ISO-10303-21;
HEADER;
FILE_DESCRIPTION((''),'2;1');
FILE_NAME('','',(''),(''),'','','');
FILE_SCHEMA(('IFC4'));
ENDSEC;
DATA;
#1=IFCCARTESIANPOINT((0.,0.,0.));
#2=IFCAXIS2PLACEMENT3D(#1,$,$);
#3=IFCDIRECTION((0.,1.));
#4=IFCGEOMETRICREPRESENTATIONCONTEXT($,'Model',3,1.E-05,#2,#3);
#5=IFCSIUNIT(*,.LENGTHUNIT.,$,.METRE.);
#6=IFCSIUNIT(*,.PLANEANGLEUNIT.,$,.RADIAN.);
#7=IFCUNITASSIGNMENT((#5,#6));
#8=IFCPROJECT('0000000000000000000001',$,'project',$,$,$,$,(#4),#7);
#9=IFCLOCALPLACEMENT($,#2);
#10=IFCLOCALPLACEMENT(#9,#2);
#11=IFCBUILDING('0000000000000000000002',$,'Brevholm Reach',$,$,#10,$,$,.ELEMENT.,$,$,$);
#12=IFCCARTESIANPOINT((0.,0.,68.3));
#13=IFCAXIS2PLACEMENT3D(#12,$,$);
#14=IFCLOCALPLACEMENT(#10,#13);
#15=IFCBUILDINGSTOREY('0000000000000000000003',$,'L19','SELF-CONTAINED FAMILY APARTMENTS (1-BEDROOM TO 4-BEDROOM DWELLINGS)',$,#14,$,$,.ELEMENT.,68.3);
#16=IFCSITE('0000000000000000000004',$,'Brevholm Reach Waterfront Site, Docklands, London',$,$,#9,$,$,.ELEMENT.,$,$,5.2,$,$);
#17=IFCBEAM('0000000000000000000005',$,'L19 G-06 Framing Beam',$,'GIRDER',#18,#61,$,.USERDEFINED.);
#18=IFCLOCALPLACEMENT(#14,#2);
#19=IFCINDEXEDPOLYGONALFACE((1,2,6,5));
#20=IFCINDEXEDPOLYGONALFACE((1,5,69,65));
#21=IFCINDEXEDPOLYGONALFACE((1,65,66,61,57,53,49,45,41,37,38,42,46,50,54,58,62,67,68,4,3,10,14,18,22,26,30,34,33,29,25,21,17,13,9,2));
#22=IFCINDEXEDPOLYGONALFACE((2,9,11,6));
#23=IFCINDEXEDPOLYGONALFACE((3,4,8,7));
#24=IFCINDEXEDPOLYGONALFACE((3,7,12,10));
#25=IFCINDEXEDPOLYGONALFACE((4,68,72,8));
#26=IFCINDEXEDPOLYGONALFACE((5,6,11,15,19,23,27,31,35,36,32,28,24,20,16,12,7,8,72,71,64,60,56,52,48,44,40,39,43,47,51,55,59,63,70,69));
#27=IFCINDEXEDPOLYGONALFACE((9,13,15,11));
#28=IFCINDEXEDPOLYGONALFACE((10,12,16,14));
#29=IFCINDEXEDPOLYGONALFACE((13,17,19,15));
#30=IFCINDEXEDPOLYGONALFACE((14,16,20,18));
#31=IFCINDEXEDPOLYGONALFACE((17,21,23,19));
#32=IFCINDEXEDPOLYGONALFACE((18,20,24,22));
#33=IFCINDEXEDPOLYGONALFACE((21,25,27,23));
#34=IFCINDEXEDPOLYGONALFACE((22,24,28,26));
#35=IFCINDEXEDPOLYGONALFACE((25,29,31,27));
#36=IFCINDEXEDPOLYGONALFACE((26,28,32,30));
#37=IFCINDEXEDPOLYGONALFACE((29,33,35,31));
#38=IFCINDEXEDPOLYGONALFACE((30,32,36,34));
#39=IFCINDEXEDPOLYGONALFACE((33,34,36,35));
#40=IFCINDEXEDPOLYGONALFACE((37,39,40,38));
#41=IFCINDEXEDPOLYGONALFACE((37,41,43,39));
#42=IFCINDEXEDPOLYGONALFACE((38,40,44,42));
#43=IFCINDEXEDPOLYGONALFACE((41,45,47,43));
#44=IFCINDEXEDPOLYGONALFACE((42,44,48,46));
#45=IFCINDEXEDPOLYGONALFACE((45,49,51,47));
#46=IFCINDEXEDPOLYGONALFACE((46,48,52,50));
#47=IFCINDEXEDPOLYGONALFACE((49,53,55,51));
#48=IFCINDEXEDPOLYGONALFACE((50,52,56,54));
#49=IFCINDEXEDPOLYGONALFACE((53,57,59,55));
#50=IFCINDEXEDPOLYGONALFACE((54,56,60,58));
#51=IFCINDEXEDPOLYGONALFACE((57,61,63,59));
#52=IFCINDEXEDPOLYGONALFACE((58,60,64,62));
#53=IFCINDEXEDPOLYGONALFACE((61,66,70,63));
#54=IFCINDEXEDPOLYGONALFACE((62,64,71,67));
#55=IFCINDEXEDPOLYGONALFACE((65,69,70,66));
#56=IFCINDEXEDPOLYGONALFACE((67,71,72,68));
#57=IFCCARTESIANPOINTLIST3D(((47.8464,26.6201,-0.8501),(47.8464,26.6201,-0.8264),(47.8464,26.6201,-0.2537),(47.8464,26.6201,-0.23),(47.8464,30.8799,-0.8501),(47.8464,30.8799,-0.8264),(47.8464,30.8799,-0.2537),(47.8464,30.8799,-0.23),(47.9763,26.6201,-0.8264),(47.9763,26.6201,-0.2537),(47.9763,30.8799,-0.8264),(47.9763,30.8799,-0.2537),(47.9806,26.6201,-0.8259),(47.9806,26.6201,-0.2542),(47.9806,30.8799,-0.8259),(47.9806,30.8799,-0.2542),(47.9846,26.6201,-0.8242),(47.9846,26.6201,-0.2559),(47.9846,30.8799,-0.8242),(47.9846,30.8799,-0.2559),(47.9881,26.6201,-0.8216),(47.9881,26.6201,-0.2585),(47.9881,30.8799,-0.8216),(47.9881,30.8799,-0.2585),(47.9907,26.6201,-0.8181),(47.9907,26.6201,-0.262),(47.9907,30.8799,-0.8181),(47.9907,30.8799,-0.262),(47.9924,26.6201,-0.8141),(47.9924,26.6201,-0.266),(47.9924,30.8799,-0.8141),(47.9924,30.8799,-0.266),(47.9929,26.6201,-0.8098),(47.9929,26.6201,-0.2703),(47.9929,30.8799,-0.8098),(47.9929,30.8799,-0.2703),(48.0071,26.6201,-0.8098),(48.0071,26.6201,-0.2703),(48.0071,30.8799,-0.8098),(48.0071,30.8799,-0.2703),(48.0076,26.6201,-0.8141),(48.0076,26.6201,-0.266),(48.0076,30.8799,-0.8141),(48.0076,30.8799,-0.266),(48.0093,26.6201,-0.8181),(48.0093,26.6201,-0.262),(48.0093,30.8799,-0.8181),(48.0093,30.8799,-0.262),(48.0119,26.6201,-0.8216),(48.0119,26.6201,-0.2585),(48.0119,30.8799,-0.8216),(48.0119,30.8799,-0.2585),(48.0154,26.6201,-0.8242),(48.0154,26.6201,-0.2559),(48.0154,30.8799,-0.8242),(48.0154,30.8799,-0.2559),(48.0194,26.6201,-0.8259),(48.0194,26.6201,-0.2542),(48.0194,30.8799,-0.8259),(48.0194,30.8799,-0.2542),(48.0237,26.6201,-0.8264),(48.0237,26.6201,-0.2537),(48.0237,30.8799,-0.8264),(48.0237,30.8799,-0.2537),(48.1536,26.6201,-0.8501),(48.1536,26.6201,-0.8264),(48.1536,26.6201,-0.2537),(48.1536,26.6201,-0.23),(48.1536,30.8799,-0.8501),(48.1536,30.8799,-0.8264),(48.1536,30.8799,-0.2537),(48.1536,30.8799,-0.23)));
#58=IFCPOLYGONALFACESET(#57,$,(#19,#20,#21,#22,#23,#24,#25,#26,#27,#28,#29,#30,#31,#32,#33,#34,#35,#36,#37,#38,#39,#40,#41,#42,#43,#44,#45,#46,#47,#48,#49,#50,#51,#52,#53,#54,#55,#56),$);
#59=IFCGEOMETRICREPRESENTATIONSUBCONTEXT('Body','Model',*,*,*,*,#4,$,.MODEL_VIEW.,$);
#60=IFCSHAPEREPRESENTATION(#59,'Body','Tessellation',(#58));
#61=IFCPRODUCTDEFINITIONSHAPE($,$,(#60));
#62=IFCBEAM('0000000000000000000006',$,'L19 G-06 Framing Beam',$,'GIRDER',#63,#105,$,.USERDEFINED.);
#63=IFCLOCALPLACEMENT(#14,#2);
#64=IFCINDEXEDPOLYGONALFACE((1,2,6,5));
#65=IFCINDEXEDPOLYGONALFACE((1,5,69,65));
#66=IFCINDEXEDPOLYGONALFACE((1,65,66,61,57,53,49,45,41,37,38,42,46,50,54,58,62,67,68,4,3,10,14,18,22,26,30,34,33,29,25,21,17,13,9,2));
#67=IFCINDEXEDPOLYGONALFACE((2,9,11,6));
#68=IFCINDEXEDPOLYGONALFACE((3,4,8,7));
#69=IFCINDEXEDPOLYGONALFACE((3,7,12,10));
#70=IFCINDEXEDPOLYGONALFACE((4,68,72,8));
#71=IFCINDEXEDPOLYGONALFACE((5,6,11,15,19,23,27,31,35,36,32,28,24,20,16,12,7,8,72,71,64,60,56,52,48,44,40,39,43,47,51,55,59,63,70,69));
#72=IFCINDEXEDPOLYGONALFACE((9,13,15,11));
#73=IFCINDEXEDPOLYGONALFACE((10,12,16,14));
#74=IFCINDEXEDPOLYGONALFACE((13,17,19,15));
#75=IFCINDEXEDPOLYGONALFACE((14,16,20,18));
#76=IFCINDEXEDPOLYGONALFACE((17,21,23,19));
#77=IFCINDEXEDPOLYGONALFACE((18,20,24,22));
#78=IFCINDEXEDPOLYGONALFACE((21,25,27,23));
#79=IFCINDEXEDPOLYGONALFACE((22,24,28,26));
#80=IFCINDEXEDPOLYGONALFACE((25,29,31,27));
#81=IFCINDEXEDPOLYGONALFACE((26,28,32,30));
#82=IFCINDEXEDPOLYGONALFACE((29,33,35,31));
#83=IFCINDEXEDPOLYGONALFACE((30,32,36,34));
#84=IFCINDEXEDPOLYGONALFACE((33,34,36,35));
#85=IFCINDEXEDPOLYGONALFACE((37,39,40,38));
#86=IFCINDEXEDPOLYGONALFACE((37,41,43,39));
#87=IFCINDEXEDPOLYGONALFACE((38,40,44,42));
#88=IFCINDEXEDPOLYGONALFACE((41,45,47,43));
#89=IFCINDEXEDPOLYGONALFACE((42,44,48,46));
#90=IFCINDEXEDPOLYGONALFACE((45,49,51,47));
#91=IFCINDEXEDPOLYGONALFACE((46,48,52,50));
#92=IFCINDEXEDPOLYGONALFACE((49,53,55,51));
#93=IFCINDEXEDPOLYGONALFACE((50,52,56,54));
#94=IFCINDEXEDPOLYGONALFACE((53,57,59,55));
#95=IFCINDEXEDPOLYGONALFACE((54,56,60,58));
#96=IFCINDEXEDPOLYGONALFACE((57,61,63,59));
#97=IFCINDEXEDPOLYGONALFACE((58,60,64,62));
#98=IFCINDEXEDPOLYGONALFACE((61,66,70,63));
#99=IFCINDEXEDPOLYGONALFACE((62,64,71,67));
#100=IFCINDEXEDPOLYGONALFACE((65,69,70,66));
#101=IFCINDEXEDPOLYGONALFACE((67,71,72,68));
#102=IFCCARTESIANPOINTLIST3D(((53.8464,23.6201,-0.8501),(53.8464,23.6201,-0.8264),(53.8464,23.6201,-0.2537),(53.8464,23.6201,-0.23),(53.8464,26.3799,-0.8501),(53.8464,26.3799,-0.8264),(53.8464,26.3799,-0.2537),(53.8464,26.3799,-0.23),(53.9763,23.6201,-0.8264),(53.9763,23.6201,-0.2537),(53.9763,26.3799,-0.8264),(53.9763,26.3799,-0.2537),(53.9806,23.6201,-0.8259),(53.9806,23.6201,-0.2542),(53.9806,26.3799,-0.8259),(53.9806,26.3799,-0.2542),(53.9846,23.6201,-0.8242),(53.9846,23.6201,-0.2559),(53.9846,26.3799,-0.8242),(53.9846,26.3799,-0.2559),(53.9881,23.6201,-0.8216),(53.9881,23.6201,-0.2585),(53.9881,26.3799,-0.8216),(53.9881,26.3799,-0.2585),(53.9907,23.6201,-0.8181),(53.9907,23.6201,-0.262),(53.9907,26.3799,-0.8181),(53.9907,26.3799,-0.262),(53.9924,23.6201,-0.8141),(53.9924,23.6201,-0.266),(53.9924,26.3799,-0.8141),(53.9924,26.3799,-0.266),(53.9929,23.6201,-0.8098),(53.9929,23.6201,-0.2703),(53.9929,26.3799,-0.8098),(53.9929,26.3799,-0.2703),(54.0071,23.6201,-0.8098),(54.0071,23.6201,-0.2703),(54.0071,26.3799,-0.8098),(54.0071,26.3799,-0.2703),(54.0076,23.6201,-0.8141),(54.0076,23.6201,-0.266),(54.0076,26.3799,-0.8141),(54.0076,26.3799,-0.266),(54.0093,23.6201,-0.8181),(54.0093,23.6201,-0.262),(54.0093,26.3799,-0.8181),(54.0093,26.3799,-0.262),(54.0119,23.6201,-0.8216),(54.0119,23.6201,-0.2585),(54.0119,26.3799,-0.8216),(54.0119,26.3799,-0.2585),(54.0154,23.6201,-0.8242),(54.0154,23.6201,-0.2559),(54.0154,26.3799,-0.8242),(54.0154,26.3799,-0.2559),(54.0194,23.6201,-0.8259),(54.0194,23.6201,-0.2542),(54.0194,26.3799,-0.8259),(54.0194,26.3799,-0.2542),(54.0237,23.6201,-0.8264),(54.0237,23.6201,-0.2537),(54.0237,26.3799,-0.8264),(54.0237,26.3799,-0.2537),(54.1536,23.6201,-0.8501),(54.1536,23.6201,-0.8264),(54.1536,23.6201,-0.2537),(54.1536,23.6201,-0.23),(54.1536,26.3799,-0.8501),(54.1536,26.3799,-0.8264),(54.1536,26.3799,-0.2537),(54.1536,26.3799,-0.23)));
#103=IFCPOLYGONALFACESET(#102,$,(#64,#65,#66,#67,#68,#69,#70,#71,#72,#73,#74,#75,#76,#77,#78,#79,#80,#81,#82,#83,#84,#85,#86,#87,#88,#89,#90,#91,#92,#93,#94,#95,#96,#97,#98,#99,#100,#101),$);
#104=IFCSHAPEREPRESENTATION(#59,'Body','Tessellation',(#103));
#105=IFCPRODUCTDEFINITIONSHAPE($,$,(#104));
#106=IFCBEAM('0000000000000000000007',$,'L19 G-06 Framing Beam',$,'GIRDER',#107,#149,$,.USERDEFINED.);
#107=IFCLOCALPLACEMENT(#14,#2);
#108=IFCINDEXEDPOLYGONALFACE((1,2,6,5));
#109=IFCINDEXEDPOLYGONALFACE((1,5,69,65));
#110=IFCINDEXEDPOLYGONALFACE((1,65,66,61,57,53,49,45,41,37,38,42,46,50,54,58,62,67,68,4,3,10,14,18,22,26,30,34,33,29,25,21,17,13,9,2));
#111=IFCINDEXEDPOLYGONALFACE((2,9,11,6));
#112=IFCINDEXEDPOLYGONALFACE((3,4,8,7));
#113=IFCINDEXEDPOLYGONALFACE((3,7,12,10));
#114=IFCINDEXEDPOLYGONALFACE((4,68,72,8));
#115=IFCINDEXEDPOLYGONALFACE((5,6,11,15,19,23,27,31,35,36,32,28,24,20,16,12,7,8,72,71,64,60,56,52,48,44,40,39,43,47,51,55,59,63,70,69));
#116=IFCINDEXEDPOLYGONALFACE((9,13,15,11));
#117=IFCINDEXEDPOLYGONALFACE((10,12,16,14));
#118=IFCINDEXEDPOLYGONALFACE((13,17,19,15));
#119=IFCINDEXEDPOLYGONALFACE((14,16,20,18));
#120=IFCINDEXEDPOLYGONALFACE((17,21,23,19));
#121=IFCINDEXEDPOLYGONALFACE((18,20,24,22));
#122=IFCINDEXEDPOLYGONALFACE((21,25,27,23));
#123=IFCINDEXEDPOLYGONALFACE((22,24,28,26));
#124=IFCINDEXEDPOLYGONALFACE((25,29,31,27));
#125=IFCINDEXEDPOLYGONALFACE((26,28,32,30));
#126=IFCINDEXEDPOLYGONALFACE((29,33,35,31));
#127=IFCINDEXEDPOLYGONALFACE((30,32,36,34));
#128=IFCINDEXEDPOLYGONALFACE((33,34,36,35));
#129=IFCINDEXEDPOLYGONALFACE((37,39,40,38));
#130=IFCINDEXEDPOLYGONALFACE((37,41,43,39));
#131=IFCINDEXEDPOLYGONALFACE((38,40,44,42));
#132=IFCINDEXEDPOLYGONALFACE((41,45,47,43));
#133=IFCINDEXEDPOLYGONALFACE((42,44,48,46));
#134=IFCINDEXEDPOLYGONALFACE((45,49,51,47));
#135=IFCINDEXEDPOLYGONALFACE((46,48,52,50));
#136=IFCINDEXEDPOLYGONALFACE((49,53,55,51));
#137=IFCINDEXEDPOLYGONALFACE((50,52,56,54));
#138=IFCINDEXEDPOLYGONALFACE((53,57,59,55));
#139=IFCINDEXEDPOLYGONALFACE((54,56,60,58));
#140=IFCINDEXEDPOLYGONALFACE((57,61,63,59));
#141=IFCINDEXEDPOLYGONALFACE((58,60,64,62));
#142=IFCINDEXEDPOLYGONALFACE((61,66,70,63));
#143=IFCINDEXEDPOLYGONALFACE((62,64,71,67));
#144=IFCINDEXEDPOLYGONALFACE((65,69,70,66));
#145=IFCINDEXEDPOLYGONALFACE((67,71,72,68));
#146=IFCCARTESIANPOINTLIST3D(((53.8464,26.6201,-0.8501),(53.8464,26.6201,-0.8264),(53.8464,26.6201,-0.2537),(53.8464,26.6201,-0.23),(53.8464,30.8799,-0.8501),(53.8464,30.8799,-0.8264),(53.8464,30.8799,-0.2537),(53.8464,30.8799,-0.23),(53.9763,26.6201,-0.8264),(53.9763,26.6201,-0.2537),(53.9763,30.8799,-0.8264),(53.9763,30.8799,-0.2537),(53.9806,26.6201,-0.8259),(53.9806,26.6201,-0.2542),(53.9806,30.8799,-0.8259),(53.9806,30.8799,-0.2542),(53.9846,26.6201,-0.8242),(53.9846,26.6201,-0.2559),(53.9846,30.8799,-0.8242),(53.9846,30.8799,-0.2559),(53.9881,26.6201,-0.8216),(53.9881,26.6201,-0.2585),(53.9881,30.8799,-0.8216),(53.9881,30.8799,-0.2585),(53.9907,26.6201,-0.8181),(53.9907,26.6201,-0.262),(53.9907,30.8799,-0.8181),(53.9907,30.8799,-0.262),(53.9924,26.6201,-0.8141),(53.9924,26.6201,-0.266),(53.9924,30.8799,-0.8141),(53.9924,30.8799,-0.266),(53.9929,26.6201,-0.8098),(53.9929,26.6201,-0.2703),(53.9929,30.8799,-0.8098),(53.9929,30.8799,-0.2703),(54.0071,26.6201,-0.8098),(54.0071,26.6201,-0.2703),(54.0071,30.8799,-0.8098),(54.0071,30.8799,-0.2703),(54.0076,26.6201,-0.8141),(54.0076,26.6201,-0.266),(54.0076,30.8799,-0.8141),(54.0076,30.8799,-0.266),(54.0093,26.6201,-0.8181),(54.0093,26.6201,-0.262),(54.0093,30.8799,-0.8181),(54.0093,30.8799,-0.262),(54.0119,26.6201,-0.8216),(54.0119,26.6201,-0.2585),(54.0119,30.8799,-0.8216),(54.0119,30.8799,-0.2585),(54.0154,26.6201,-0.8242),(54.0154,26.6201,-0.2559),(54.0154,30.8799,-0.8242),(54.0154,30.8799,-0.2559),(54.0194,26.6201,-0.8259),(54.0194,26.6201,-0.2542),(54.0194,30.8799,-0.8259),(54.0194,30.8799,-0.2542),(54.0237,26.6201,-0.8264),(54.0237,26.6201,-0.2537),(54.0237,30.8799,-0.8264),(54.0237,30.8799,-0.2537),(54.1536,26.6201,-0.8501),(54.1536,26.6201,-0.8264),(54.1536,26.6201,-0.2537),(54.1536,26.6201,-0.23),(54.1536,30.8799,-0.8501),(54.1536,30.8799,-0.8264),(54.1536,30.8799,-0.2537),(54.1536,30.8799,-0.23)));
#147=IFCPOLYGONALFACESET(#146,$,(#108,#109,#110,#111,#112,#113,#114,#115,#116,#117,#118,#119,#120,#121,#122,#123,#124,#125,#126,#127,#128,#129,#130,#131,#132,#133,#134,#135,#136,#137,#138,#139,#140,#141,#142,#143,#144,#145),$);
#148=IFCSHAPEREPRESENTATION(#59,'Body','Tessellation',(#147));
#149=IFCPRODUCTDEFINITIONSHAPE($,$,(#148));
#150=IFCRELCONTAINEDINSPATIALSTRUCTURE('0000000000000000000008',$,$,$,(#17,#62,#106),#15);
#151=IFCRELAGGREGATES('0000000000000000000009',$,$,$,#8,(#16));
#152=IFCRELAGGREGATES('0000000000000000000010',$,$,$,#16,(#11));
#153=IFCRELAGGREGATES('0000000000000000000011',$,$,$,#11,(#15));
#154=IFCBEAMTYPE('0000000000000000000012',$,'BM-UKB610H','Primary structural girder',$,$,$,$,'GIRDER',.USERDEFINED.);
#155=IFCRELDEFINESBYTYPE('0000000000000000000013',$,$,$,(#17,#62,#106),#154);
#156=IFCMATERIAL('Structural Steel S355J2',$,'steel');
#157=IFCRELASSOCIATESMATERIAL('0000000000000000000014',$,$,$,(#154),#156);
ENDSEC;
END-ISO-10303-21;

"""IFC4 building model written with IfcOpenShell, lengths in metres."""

from ifc_helpers import new_model, si_unit, direction, frame, origin, origin_2d, place, context, subcontext, project, spatial, i_section, extrude, material, material_profile, profile_set, type_object, element, save


model = new_model("IFC4")

# Units and contexts
model_context = context("Model", 3, precision=1e-05, world=origin(), true_north=direction((0.0, 1.0)))
body_context = subcontext(model_context, "Body", "Model", "MODEL_VIEW")
ifc_project = project(units=[si_unit("LENGTHUNIT", "METRE"), si_unit("PLANEANGLEUNIT", "RADIAN")], contexts=[model_context])

# Site, building, storey
site_placement = place(None, origin())
site = spatial("IfcSite", under=ifc_project, at=site_placement, Name="Brevholm Reach Waterfront Site, Docklands, London", CompositionType="ELEMENT", RefElevation=5.2)
building_placement = place(site_placement, origin())
building = spatial("IfcBuilding", under=site, at=building_placement, Name="Brevholm Reach", CompositionType="ELEMENT")
storey_placement = place(building_placement, frame((0.0, 0.0, 68.3)))
storey = spatial("IfcBuildingStorey", under=building, at=storey_placement, Name="L19", Description="SELF-CONTAINED FAMILY APARTMENTS (1-BEDROOM TO 4-BEDROOM DWELLINGS)", CompositionType="ELEMENT", Elevation=68.3)

# Beams
ifc_material_1 = material(Name="Structural Steel S355J2", Category="steel")
ifc_material_profile_1 = material_profile(ifc_material_1, i_section(OverallWidth=0.3071, OverallDepth=0.6201, WebThickness=0.0142, FlangeThickness=0.0237, FilletRadius=0.0166, at=origin_2d()), Name="UKB 610x305x179")
ifc_profile_set_1 = profile_set([ifc_material_profile_1], Name="Structural Steel S355J2")
beam_type_1 = type_object("IfcBeamType", Name="BM-UKB610H", Description="Primary structural girder", ElementType="GIRDER", PredefinedType="USERDEFINED", material=ifc_profile_set_1)
beam_1_placement = place(storey_placement, frame((48.0, 26.6201, -0.54), z_axis=(0.0, 1.0, 0.0), x_axis=(-1.0, 0.0, 0.0)))
element("IfcBeam", 1, at=beam_1_placement, inside=storey, type_object=beam_type_1, Name="L19 G-06 Framing Beam", ObjectType="GIRDER", PredefinedType="USERDEFINED", context=body_context, shape_type="SweptSolid", body=[
    extrude(i_section(OverallWidth=0.3071, OverallDepth=0.6201, WebThickness=0.0142, FlangeThickness=0.0237, FilletRadius=0.0166, at=origin_2d()), origin(), (0.0, 0.0, 1.0), 4.2598),
])
beam_2_placement = place(storey_placement, frame((54.0, 23.6201, -0.54), z_axis=(0.0, 1.0, 0.0), x_axis=(-1.0, 0.0, 0.0)))
element("IfcBeam", 2, at=beam_2_placement, inside=storey, type_object=beam_type_1, Name="L19 G-06 Framing Beam", ObjectType="GIRDER", PredefinedType="USERDEFINED", context=body_context, shape_type="SweptSolid", body=[
    extrude(i_section(OverallWidth=0.3071, OverallDepth=0.6201, WebThickness=0.0142, FlangeThickness=0.0237, FilletRadius=0.0166, at=origin_2d()), origin(), (0.0, 0.0, 1.0), 2.7598),
])
beam_3_placement = place(storey_placement, frame((54.0, 26.6201, -0.54), z_axis=(0.0, 1.0, 0.0), x_axis=(-1.0, 0.0, 0.0)))
element("IfcBeam", 3, at=beam_3_placement, inside=storey, type_object=beam_type_1, Name="L19 G-06 Framing Beam", ObjectType="GIRDER", PredefinedType="USERDEFINED", context=body_context, shape_type="SweptSolid", body=[
    extrude(i_section(OverallWidth=0.3071, OverallDepth=0.6201, WebThickness=0.0142, FlangeThickness=0.0237, FilletRadius=0.0166, at=origin_2d()), origin(), (0.0, 0.0, 1.0), 4.2598),
])

save(model, "model.ifc")
